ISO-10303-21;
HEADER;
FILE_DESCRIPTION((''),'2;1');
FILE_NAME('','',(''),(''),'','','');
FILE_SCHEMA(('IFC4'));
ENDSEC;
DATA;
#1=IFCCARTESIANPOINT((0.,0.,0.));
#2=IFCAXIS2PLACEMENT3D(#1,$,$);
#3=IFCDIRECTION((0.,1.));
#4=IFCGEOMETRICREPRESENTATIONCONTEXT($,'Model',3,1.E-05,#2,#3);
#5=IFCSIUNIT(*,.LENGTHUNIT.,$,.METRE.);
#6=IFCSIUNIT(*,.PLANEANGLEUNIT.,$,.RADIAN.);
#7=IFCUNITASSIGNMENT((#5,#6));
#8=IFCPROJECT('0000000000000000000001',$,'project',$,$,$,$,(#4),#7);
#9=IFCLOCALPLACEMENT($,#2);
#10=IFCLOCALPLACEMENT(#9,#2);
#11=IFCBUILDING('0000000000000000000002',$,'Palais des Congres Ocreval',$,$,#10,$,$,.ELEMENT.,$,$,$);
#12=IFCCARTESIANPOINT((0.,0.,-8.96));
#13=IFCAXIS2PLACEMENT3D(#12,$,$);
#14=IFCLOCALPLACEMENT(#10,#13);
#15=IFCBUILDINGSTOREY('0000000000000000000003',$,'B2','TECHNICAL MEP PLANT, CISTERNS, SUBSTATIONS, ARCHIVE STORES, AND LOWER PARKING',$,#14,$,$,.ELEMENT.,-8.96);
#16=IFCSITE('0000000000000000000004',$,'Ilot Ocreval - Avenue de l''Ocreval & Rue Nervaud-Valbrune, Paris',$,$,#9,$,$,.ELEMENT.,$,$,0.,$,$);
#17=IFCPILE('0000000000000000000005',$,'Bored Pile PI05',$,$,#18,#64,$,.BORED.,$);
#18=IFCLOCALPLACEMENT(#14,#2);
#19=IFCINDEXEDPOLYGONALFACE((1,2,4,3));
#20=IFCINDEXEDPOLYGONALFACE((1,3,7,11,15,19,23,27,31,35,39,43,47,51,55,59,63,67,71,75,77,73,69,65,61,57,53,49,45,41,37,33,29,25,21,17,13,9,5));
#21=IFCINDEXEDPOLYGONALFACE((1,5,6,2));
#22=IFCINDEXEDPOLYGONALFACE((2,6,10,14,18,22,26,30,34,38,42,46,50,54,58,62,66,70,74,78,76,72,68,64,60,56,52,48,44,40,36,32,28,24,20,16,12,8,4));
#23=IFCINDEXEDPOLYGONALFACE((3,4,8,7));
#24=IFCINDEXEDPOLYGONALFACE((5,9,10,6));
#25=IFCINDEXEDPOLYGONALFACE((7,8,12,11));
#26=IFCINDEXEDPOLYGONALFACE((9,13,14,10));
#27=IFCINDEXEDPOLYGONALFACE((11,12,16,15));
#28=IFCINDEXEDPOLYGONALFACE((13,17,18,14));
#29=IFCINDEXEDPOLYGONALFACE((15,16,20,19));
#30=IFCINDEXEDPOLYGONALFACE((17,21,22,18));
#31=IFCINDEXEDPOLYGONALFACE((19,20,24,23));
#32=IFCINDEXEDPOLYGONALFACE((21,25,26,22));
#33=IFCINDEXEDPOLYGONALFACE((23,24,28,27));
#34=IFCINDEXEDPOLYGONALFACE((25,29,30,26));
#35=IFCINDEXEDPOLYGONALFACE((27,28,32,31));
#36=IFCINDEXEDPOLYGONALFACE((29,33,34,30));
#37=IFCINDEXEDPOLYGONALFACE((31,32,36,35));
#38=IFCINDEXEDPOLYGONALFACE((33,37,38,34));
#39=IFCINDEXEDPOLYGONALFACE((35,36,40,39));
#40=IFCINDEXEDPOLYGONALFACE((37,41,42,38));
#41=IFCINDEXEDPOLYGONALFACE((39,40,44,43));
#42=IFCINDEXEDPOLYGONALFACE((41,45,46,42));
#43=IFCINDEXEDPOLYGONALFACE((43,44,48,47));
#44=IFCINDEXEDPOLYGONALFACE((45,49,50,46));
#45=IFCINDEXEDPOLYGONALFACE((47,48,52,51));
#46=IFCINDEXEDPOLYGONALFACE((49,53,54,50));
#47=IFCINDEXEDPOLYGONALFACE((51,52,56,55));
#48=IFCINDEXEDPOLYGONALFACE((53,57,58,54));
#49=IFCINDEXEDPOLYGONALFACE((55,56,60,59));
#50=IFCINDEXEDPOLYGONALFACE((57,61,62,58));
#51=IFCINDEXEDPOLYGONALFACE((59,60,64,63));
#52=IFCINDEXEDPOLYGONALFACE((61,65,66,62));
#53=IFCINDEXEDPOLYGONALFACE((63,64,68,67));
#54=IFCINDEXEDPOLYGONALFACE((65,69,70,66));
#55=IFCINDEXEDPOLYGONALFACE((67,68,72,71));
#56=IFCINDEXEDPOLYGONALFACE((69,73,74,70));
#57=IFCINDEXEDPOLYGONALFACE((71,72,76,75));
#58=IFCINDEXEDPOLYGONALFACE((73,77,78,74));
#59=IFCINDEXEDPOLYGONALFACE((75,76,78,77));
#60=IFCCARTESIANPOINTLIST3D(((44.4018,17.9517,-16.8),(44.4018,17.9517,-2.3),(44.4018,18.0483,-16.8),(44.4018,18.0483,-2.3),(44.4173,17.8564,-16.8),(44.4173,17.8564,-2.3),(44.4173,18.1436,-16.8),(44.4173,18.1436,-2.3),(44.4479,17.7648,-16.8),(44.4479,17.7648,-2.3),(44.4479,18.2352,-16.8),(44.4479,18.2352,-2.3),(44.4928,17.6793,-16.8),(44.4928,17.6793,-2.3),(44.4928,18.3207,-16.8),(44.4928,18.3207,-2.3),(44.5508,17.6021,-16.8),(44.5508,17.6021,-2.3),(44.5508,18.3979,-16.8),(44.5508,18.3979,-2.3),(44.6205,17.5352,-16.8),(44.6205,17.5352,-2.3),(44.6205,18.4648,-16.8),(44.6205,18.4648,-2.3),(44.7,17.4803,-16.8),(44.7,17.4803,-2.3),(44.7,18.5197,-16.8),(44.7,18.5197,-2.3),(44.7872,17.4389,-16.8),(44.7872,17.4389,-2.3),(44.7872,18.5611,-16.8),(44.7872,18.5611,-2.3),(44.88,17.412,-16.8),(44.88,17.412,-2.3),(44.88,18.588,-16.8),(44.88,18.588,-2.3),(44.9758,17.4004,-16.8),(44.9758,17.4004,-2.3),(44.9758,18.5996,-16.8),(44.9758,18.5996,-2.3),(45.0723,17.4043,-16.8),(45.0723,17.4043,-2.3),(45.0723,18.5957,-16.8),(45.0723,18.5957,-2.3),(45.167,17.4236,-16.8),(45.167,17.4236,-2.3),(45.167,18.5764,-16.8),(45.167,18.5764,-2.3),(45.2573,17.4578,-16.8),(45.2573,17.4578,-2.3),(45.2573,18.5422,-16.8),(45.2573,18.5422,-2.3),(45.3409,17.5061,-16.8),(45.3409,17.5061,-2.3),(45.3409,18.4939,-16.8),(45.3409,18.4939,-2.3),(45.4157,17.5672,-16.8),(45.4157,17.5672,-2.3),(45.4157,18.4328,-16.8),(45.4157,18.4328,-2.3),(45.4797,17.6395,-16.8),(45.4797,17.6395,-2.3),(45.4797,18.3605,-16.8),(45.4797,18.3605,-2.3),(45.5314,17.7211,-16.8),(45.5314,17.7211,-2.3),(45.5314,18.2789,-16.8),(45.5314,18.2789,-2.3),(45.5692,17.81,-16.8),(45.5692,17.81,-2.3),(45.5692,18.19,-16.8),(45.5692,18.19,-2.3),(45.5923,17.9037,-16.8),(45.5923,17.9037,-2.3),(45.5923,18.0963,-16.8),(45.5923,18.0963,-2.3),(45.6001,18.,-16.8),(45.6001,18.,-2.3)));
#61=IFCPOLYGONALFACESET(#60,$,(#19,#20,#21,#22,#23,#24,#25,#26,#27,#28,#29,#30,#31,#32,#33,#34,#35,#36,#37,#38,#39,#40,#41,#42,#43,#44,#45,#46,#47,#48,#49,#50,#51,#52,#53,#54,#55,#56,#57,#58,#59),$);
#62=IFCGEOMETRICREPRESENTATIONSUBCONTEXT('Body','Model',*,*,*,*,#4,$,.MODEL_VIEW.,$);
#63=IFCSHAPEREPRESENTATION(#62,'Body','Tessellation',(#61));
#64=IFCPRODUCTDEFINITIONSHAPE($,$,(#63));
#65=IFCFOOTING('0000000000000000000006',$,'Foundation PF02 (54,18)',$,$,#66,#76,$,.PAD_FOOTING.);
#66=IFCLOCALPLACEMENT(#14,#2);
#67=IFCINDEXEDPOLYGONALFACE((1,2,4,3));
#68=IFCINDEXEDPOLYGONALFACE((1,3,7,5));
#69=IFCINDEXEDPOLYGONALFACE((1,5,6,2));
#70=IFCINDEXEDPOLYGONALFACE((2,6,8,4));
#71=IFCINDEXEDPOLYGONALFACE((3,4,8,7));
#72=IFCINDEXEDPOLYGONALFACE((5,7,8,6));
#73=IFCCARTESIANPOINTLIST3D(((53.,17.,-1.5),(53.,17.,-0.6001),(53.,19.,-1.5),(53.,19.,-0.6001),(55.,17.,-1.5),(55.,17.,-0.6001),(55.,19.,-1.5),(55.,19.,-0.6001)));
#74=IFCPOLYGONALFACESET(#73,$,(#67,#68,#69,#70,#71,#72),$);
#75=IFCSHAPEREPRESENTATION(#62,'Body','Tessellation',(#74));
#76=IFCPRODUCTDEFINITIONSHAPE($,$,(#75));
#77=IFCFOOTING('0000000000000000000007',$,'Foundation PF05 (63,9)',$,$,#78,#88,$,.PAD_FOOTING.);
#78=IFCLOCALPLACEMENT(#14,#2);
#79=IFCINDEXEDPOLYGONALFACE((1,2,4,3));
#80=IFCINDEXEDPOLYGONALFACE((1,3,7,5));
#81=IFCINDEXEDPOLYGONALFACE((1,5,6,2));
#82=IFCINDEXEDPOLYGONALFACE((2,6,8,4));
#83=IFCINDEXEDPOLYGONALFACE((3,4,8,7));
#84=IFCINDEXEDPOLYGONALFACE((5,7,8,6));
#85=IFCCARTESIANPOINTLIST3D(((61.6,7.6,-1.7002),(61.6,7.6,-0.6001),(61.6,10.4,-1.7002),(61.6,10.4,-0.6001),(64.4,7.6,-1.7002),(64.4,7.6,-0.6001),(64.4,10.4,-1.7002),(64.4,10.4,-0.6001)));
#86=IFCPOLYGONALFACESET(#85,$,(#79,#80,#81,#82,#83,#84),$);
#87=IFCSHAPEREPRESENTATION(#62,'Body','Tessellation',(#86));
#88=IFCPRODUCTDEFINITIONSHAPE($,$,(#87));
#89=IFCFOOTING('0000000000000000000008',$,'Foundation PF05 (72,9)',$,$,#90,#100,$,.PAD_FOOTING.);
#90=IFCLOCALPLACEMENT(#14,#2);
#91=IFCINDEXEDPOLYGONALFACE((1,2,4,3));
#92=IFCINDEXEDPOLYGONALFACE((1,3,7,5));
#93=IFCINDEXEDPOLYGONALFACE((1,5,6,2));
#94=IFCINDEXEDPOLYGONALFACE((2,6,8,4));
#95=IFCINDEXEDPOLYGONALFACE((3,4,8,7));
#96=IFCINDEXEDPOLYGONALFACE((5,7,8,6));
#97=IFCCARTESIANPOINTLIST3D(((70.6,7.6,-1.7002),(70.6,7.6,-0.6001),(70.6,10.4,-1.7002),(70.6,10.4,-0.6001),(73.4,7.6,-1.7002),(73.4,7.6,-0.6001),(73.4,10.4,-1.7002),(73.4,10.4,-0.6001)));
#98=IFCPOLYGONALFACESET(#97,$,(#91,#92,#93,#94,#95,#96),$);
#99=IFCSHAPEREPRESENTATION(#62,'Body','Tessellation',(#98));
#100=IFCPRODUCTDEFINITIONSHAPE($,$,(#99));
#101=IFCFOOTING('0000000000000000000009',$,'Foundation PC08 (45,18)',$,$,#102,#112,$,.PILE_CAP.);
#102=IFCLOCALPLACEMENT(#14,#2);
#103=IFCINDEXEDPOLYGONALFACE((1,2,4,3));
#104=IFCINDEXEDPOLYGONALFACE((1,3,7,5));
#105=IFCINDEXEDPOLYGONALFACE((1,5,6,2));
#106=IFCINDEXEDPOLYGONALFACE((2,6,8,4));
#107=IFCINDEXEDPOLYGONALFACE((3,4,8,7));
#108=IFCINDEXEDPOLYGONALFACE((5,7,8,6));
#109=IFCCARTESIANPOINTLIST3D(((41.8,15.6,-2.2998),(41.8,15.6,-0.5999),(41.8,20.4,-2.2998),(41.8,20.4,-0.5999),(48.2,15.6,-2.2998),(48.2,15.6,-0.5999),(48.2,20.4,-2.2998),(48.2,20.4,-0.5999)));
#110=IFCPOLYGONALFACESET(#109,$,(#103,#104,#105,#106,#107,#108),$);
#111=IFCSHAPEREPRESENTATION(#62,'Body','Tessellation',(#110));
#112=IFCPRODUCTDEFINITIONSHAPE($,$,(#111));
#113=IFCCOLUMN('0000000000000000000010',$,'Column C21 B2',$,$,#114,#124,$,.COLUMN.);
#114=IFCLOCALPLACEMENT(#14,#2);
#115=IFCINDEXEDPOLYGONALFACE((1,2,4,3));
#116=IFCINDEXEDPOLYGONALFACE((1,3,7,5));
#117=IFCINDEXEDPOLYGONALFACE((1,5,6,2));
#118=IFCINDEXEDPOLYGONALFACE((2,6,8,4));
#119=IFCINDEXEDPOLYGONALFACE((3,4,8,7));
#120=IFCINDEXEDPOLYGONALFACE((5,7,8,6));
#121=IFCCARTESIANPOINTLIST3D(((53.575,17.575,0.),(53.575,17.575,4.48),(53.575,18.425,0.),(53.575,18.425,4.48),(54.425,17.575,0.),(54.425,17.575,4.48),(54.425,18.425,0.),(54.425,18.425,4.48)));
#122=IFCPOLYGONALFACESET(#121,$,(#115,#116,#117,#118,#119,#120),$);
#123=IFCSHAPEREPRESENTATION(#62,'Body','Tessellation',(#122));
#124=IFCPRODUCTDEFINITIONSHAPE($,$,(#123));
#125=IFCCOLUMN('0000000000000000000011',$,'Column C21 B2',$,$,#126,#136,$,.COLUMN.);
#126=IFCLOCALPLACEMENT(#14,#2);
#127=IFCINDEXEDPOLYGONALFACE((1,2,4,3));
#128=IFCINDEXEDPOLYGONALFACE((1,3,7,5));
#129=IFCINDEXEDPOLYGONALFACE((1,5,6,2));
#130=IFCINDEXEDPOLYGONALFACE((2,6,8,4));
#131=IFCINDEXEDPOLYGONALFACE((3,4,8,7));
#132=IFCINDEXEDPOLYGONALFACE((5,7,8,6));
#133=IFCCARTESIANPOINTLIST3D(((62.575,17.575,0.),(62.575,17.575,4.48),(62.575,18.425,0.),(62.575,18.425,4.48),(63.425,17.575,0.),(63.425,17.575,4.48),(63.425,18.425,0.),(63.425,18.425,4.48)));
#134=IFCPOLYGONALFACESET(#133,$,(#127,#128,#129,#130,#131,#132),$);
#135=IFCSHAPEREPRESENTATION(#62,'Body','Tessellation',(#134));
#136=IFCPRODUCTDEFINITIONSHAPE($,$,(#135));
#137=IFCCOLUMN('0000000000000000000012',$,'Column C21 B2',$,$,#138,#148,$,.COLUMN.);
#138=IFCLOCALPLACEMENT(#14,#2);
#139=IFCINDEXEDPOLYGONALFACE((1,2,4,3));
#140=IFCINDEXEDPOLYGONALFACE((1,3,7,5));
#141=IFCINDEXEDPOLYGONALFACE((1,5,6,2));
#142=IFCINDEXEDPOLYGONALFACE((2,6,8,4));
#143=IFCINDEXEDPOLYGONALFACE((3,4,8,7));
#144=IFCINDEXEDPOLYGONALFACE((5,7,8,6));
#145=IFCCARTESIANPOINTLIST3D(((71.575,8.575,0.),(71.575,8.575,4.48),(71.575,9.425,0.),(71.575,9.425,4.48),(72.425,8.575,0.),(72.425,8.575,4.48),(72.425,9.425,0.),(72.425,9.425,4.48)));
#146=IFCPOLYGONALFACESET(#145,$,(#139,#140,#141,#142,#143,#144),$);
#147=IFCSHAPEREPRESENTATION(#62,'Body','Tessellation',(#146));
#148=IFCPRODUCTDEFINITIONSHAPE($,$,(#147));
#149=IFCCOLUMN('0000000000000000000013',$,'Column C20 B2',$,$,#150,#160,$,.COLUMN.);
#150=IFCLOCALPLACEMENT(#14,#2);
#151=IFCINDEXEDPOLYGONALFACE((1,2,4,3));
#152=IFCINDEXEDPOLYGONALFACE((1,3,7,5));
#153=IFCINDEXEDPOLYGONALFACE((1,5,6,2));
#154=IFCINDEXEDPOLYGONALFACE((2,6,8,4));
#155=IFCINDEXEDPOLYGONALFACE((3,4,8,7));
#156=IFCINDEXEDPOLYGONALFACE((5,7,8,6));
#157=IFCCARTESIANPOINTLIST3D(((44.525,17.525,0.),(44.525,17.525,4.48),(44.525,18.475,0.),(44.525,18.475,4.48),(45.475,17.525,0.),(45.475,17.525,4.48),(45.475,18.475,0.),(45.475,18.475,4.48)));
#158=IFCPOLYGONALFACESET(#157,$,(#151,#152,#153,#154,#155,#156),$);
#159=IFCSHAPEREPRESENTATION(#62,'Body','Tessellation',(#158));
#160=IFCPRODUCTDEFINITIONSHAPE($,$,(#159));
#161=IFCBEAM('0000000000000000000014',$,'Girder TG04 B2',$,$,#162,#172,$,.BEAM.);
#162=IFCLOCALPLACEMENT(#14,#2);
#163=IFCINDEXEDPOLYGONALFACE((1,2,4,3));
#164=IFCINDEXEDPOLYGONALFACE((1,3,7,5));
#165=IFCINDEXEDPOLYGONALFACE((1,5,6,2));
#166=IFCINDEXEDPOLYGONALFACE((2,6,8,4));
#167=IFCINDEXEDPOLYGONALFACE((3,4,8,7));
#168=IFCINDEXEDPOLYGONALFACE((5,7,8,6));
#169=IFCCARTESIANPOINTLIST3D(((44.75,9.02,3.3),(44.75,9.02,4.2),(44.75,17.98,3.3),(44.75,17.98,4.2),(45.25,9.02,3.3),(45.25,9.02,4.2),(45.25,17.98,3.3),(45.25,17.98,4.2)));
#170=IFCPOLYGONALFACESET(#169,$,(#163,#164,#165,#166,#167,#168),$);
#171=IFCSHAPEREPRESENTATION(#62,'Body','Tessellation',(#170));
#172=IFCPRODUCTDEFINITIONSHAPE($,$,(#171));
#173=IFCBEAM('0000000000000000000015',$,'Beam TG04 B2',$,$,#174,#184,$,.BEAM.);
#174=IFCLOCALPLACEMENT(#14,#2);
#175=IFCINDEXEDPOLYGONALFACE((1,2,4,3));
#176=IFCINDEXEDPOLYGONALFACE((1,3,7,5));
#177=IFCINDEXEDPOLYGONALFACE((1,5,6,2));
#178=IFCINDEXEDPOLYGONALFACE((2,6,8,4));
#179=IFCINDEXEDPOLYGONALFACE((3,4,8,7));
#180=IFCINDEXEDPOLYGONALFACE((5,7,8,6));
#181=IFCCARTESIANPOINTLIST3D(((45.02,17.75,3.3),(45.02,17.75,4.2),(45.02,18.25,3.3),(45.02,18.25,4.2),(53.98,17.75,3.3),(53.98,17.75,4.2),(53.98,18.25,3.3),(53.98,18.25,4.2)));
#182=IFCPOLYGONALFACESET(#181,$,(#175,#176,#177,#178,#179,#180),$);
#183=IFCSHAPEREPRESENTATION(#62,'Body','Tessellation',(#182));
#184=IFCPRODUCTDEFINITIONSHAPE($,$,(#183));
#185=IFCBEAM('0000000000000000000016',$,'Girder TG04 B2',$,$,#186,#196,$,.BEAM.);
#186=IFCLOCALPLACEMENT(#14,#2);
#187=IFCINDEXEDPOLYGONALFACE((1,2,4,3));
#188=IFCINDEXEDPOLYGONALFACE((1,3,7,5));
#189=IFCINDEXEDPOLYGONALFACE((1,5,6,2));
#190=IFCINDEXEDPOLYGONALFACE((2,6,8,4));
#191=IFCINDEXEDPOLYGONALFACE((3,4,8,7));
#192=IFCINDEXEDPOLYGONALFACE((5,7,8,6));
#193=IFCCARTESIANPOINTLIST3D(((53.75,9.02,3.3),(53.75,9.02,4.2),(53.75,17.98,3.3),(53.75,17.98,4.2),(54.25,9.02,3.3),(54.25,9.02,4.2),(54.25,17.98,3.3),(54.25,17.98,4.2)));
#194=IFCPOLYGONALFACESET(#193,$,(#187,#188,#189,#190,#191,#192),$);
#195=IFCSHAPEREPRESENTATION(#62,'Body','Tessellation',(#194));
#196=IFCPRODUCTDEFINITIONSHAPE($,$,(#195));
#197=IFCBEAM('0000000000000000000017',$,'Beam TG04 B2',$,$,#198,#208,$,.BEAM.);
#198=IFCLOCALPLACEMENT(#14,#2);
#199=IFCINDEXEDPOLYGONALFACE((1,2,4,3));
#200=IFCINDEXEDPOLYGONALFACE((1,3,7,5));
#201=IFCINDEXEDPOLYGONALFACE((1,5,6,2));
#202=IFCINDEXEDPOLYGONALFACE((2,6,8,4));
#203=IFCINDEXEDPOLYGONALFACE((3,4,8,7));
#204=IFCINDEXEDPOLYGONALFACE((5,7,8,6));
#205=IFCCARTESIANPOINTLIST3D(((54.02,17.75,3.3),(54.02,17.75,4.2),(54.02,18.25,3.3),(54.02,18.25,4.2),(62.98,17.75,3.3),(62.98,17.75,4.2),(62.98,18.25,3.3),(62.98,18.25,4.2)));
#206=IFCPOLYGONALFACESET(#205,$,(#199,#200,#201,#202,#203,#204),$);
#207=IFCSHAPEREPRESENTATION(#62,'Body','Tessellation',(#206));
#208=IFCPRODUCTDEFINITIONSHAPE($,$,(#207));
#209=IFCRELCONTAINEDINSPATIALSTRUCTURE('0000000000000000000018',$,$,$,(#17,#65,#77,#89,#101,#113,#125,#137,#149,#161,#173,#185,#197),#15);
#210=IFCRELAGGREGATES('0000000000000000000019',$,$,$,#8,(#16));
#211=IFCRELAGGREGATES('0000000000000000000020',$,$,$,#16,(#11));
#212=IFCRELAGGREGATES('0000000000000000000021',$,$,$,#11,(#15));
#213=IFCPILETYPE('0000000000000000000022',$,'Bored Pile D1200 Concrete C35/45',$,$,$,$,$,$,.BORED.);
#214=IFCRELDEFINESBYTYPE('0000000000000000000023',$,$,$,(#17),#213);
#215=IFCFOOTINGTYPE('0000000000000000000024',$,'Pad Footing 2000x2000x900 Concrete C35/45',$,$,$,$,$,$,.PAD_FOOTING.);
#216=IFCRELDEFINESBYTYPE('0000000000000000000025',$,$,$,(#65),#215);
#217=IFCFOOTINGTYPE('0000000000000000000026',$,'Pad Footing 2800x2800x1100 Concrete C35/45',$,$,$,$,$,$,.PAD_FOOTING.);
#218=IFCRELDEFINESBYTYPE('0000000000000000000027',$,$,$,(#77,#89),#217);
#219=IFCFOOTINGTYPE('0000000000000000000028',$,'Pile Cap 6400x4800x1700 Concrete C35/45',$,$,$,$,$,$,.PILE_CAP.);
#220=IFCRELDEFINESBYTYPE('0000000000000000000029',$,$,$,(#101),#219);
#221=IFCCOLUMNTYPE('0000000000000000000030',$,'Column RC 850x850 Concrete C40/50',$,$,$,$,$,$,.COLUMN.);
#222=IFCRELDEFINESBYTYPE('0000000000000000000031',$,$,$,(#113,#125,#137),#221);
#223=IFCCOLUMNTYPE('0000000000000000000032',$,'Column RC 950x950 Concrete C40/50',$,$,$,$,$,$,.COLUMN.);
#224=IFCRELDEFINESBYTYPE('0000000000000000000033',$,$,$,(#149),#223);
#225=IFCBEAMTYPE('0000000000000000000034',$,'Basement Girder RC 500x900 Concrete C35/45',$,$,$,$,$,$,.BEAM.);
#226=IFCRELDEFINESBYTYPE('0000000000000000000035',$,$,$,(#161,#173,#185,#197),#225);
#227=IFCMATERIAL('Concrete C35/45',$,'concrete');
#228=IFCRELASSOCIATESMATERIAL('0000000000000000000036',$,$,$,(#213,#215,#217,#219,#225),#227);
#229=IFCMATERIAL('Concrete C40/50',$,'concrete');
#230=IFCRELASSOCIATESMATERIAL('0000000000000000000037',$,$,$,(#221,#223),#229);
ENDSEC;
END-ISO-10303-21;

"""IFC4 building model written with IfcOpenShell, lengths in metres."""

from ifc_helpers import new_model, si_unit, direction, frame, origin, origin_2d, place, context, subcontext, project, spatial, rectangle, circle, extrude, material, material_profile, profile_set, type_object, element, save


model = new_model("IFC4")

# Units and contexts
model_context = context("Model", 3, precision=1e-05, world=origin(), true_north=direction((0.0, 1.0)))
body_context = subcontext(model_context, "Body", "Model", "MODEL_VIEW")
ifc_project = project(units=[si_unit("LENGTHUNIT", "METRE"), si_unit("PLANEANGLEUNIT", "RADIAN")], contexts=[model_context])

# Site, building, storey
site_placement = place(None, origin())
site = spatial("IfcSite", under=ifc_project, at=site_placement, Name="Ilot Ocreval - Avenue de l'Ocreval & Rue Nervaud-Valbrune, Paris", CompositionType="ELEMENT", RefElevation=0.0)
building_placement = place(site_placement, origin())
building = spatial("IfcBuilding", under=site, at=building_placement, Name="Palais des Congres Ocreval", CompositionType="ELEMENT")
storey_placement = place(building_placement, frame((0.0, 0.0, -8.96)))
storey = spatial("IfcBuildingStorey", under=building, at=storey_placement, Name="B2", Description="TECHNICAL MEP PLANT, CISTERNS, SUBSTATIONS, ARCHIVE STORES, AND LOWER PARKING", CompositionType="ELEMENT", Elevation=-8.96)

# Pile
ifc_material_1 = material(Name="Concrete C35/45", Category="concrete")
ifc_material_profile_1 = material_profile(ifc_material_1, circle(Radius=0.6001, at=origin_2d()), Name="BORED PILE 1200")
ifc_profile_set_1 = profile_set([ifc_material_profile_1], Name="Concrete C35/45")
pile_type = type_object("IfcPileType", Name="Bored Pile D1200 Concrete C35/45", PredefinedType="BORED", material=ifc_profile_set_1)
pile_placement = place(storey_placement, frame((45.0, 18.0, -2.3), z_axis=(0.0, 0.0, -1.0), x_axis=(1.0, 0.0, 0.0)))
element("IfcPile", 1, at=pile_placement, inside=storey, type_object=pile_type, Name="Bored Pile PI05", PredefinedType="BORED", context=body_context, shape_type="SweptSolid", body=[
    extrude(circle(Radius=0.6001, at=origin_2d()), origin(), (0.0, 0.0, 1.0), 14.5),
])

# Footings
footing_type_1 = type_object("IfcFootingType", Name="Pad Footing 2000x2000x900 Concrete C35/45", PredefinedType="PAD_FOOTING", material=ifc_material_1)
footing_1_placement = place(storey_placement, frame((54.0, 18.0, -1.5), z_axis=(0.0, 0.0, 1.0), x_axis=(1.0, 0.0, 0.0)))
element("IfcFooting", 2, at=footing_1_placement, inside=storey, type_object=footing_type_1, Name="Foundation PF02 (54,18)", PredefinedType="PAD_FOOTING", context=body_context, shape_type="SweptSolid", body=[
    extrude(rectangle(XDim=2.0, YDim=2.0, at=origin_2d()), origin(), (0.0, 0.0, 1.0), 0.8999),
])
footing_type_2 = type_object("IfcFootingType", Name="Pad Footing 2800x2800x1100 Concrete C35/45", PredefinedType="PAD_FOOTING", material=ifc_material_1)
for number, where, z_axis, x_axis, name in (
    (3, (63.0, 9.0, -1.7002), (0.0, 0.0, 1.0), (1.0, 0.0, 0.0), "Foundation PF05 (63,9)"),
    (4, (72.0, 9.0, -1.7002), (0.0, 0.0, 1.0), (1.0, 0.0, 0.0), "Foundation PF05 (72,9)"),
):
    element("IfcFooting", number, at=place(storey_placement, frame(where, z_axis=z_axis, x_axis=x_axis)), inside=storey, type_object=footing_type_2, Name=name, PredefinedType="PAD_FOOTING", context=body_context, shape_type="SweptSolid", body=[
        extrude(rectangle(XDim=2.8, YDim=2.8, at=origin_2d()), origin(), (0.0, 0.0, 1.0), 1.1001),
    ])
footing_type_3 = type_object("IfcFootingType", Name="Pile Cap 6400x4800x1700 Concrete C35/45", PredefinedType="PILE_CAP", material=ifc_material_1)
footing_2_placement = place(storey_placement, frame((45.0, 18.0, -2.2998), z_axis=(0.0, 0.0, 1.0), x_axis=(1.0, 0.0, 0.0)))
element("IfcFooting", 5, at=footing_2_placement, inside=storey, type_object=footing_type_3, Name="Foundation PC08 (45,18)", PredefinedType="PILE_CAP", context=body_context, shape_type="SweptSolid", body=[
    extrude(rectangle(XDim=6.3999, YDim=4.8, at=origin_2d()), origin(), (0.0, 0.0, 1.0), 1.7),
])

# Columns
ifc_material_2 = material(Name="Concrete C40/50", Category="concrete")
ifc_material_profile_2 = material_profile(ifc_material_2, rectangle(XDim=0.8501, YDim=0.8501, at=origin_2d()), Name="RC 850x850")
ifc_profile_set_2 = profile_set([ifc_material_profile_2], Name="Concrete C40/50")
column_type_1 = type_object("IfcColumnType", Name="Column RC 850x850 Concrete C40/50", PredefinedType="COLUMN", material=ifc_profile_set_2)
for number, where, z_axis, x_axis, name in (
    (6, (54.0, 18.0, 0.0), (0.0, 0.0, 1.0), (1.0, 0.0, 0.0), "Column C21 B2"),
    (7, (63.0, 18.0, 0.0), (0.0, 0.0, 1.0), (1.0, 0.0, 0.0), "Column C21 B2"),
    (8, (72.0, 9.0, 0.0), (0.0, 0.0, 1.0), (1.0, 0.0, 0.0), "Column C21 B2"),
):
    element("IfcColumn", number, at=place(storey_placement, frame(where, z_axis=z_axis, x_axis=x_axis)), inside=storey, type_object=column_type_1, Name=name, PredefinedType="COLUMN", context=body_context, shape_type="SweptSolid", body=[
        extrude(rectangle(XDim=0.8501, YDim=0.8501, at=origin_2d()), origin(), (0.0, 0.0, 1.0), 4.48),
    ])
ifc_material_profile_3 = material_profile(ifc_material_2, rectangle(XDim=0.95, YDim=0.95, at=origin_2d()), Name="RC 950x950")
ifc_profile_set_3 = profile_set([ifc_material_profile_3], Name="Concrete C40/50")
column_type_2 = type_object("IfcColumnType", Name="Column RC 950x950 Concrete C40/50", PredefinedType="COLUMN", material=ifc_profile_set_3)
column_placement = place(storey_placement, frame((45.0, 18.0, 0.0), z_axis=(0.0, 0.0, 1.0), x_axis=(1.0, 0.0, 0.0)))
element("IfcColumn", 9, at=column_placement, inside=storey, type_object=column_type_2, Name="Column C20 B2", PredefinedType="COLUMN", context=body_context, shape_type="SweptSolid", body=[
    extrude(rectangle(XDim=0.95, YDim=0.95, at=origin_2d()), origin(), (0.0, 0.0, 1.0), 4.48),
])

# Beams
ifc_material_profile_4 = material_profile(ifc_material_1, rectangle(XDim=0.5, YDim=0.8999, at=origin_2d()), Name="RC 500x900")
ifc_profile_set_4 = profile_set([ifc_material_profile_4], Name="Concrete C35/45")
beam_type = type_object("IfcBeamType", Name="Basement Girder RC 500x900 Concrete C35/45", PredefinedType="BEAM", material=ifc_profile_set_4)
for number, where, z_axis, x_axis, name in (
    (10, (45.0, 9.02, 3.75), (0.0, 1.0, 0.0), (-1.0, 0.0, 0.0), "Girder TG04 B2"),
    (11, (45.02, 18.0, 3.75), (1.0, 0.0, 0.0), (0.0, 1.0, 0.0), "Beam TG04 B2"),
    (12, (54.0, 9.02, 3.75), (0.0, 1.0, 0.0), (-1.0, 0.0, 0.0), "Girder TG04 B2"),
    (13, (54.02, 18.0, 3.75), (1.0, 0.0, 0.0), (0.0, 1.0, 0.0), "Beam TG04 B2"),
):
    element("IfcBeam", number, at=place(storey_placement, frame(where, z_axis=z_axis, x_axis=x_axis)), inside=storey, type_object=beam_type, Name=name, PredefinedType="BEAM", context=body_context, shape_type="SweptSolid", body=[
        extrude(rectangle(XDim=0.5, YDim=0.8999, at=origin_2d()), origin(), (0.0, 0.0, 1.0), 8.96),
    ])

save(model, "model.ifc")
